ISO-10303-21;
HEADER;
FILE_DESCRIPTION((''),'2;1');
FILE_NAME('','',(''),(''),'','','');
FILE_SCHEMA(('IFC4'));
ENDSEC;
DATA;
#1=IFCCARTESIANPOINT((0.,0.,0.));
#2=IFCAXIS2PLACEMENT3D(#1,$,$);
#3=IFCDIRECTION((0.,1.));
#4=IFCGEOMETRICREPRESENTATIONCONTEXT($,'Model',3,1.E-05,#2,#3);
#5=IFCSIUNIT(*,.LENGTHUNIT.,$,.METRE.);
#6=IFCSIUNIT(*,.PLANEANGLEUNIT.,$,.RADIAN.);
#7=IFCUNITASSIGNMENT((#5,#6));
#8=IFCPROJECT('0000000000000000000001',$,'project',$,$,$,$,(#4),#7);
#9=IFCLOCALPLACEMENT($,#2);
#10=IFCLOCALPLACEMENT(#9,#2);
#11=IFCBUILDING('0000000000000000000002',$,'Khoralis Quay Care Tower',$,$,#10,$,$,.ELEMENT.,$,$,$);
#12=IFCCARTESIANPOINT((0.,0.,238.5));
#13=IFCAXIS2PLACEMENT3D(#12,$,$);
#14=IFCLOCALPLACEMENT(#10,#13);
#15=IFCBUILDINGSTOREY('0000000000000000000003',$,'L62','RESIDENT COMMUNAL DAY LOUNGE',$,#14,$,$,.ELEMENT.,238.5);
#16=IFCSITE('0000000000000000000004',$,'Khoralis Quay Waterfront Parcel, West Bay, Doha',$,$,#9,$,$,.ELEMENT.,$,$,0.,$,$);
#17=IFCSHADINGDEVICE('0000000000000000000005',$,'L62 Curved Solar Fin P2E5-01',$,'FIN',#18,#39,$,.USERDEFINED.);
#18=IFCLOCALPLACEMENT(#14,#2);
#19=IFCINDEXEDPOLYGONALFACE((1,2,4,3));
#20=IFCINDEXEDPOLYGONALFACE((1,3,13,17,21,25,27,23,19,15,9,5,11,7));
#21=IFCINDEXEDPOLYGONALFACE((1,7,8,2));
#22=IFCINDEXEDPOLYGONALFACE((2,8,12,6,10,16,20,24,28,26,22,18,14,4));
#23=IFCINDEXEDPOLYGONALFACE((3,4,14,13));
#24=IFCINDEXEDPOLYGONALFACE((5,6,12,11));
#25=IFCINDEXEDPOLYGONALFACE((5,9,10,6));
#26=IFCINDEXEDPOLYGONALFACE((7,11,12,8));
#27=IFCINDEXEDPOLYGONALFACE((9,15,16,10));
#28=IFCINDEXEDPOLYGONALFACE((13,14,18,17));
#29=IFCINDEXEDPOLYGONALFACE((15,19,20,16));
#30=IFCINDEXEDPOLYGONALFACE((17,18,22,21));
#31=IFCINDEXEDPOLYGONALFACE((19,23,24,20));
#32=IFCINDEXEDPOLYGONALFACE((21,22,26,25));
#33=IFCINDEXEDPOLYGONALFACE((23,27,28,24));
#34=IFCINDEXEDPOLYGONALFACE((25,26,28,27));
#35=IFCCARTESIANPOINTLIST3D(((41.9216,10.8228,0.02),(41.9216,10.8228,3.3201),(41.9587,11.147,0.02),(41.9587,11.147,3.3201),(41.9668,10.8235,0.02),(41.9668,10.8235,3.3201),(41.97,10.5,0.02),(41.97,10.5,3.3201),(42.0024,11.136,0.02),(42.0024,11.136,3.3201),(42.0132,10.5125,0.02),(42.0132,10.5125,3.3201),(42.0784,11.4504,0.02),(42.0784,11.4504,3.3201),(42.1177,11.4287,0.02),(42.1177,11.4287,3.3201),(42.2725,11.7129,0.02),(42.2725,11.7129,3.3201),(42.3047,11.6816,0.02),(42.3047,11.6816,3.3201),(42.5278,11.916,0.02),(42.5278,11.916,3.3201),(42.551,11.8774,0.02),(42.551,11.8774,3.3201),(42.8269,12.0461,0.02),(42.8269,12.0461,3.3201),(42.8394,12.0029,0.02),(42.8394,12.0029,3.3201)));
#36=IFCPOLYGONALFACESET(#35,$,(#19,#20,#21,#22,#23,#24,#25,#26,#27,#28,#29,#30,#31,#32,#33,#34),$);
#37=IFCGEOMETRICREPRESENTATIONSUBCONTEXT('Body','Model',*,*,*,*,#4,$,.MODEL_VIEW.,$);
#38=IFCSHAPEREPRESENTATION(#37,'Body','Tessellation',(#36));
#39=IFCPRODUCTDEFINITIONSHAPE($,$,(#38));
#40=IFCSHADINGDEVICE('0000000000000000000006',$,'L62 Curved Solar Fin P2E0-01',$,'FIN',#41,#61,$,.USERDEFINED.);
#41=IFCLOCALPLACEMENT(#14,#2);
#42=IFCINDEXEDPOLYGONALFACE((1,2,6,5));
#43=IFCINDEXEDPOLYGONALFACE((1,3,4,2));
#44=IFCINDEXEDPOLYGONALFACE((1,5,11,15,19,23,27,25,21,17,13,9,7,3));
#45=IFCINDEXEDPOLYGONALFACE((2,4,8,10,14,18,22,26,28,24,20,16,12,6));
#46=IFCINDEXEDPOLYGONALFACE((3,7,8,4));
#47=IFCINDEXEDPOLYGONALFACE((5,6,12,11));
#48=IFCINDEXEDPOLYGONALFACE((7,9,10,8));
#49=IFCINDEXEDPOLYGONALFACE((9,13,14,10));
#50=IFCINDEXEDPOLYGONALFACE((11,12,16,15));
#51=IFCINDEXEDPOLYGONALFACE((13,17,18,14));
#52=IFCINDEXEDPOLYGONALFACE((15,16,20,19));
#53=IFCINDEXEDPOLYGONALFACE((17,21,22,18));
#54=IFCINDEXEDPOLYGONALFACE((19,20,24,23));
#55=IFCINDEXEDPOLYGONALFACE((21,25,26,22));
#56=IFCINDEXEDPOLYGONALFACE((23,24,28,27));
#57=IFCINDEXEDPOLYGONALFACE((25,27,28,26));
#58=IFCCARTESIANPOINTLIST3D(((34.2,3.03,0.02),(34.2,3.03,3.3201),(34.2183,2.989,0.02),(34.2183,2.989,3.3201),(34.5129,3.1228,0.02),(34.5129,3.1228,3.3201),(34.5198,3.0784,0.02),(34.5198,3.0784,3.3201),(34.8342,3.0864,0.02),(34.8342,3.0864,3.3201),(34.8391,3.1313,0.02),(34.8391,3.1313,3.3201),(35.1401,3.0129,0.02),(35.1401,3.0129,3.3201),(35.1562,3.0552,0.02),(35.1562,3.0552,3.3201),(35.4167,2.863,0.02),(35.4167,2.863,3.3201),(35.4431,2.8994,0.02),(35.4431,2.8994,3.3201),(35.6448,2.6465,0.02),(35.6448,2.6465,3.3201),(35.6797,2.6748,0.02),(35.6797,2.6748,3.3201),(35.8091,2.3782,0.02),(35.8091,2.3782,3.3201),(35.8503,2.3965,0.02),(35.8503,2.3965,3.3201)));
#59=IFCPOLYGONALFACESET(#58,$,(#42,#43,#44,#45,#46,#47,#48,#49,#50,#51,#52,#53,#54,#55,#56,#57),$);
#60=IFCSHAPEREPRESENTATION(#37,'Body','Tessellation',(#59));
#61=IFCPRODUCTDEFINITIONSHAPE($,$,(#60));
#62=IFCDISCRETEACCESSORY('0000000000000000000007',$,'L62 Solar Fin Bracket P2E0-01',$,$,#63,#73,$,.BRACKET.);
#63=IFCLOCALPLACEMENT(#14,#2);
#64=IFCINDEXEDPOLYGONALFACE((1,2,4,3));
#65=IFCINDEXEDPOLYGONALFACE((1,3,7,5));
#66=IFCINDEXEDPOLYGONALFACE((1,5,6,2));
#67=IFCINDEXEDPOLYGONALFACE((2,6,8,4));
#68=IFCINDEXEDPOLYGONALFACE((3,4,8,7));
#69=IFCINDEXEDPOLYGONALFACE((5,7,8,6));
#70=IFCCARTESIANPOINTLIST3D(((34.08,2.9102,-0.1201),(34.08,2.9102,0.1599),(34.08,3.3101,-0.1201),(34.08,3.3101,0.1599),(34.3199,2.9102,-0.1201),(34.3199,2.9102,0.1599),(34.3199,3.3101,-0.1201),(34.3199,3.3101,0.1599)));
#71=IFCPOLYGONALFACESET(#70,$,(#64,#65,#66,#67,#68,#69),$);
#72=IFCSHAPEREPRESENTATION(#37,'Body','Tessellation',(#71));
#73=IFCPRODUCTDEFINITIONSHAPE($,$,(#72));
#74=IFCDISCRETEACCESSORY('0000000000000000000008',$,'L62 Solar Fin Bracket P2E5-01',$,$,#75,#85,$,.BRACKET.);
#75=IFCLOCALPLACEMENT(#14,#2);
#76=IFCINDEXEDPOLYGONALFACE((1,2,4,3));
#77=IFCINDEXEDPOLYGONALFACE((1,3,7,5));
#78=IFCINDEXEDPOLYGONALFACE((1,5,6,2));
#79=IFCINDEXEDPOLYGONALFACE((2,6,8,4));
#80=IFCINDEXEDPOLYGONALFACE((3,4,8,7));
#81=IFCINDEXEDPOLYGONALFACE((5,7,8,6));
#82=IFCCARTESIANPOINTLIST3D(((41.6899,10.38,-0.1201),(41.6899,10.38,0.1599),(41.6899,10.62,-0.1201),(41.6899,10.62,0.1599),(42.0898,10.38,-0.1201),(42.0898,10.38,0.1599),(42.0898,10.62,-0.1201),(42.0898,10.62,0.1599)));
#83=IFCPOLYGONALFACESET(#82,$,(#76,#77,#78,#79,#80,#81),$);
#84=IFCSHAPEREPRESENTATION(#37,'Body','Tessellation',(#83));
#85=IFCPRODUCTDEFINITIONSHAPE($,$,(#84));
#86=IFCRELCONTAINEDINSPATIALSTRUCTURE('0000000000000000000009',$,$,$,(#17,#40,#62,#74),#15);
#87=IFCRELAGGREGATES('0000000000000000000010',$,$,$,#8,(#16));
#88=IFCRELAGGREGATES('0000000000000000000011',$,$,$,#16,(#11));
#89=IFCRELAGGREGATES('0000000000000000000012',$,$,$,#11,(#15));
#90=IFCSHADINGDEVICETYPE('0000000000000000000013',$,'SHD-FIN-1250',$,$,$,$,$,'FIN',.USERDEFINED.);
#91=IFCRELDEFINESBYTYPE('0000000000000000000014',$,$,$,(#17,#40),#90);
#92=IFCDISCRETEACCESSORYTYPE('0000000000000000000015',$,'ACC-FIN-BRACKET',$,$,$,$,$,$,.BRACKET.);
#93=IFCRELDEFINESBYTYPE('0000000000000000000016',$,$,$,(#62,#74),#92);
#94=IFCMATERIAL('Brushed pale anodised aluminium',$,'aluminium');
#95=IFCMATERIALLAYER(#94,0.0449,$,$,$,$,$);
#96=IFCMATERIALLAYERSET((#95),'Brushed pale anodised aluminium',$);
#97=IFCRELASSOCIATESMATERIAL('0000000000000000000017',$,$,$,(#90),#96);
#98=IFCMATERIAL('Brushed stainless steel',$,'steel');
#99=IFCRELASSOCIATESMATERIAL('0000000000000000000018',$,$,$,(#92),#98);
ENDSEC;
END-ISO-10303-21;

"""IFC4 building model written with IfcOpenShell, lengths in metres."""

from ifc_helpers import new_model, si_unit, direction, frame, origin, origin_2d, place, context, subcontext, project, spatial, polyline, rectangle, outline, extrude, source, transform, mapped, material, layer, layer_set, type_object, element, save


model = new_model("IFC4")

# Units and contexts
model_context = context("Model", 3, precision=1e-05, world=origin(), true_north=direction((0.0, 1.0)))
body_context = subcontext(model_context, "Body", "Model", "MODEL_VIEW")
ifc_project = project(units=[si_unit("LENGTHUNIT", "METRE"), si_unit("PLANEANGLEUNIT", "RADIAN")], contexts=[model_context])

# Site, building, storey
site_placement = place(None, origin())
site = spatial("IfcSite", under=ifc_project, at=site_placement, Name="Khoralis Quay Waterfront Parcel, West Bay, Doha", CompositionType="ELEMENT", RefElevation=0.0)
building_placement = place(site_placement, origin())
building = spatial("IfcBuilding", under=site, at=building_placement, Name="Khoralis Quay Care Tower", CompositionType="ELEMENT")
storey_placement = place(building_placement, frame((0.0, 0.0, 238.5)))
storey = spatial("IfcBuildingStorey", under=building, at=storey_placement, Name="L62", Description="RESIDENT COMMUNAL DAY LOUNGE", CompositionType="ELEMENT", Elevation=238.5)

# Shading devices
ifc_material_1 = material(Name="Brushed pale anodised aluminium", Category="aluminium")
ifc_layer_1 = layer(ifc_material_1, 0.0449)
ifc_layer_set_1 = layer_set([ifc_layer_1], Name="Brushed pale anodised aluminium")
shading_device_type = type_object("IfcShadingDeviceType", Name="SHD-FIN-1250", ElementType="FIN", PredefinedType="USERDEFINED", material=ifc_layer_set_1)
shared_shape_1 = source(origin(), body_context, "Body", "SweptSolid", [
    extrude(outline(polyline([(0.0, 0.0), (-0.0483, 0.3228), (-0.0112, 0.647), (0.1084, 0.9504), (0.3025, 1.2129), (0.5579, 1.416), (0.8569, 1.5461), (0.8694, 1.5029), (0.5811, 1.3774), (0.3347, 1.1816), (0.1477, 0.9287), (0.0325, 0.636), (-0.0032, 0.3235), (0.0432, 0.0125), (0.0, 0.0)])), origin(), (0.0, 0.0, 1.0), 3.3),
])
shading_device_1_placement = place(storey_placement, frame((41.97, 10.5, 0.02), z_axis=(0.0, 0.0, 1.0), x_axis=(1.0, 0.0, 0.0)))
element("IfcShadingDevice", 1, at=shading_device_1_placement, inside=storey, type_object=shading_device_type, Name="L62 Curved Solar Fin P2E5-01", ObjectType="FIN", PredefinedType="USERDEFINED", context=body_context, shape_type="MappedRepresentation", body=[
    mapped(shared_shape_1, transform((0.0, 0.0, 0.0), scale=1.0)),
])
shared_shape_2 = source(origin(), body_context, "Body", "SweptSolid", [
    extrude(outline(polyline([(0.0, 0.0), (-0.0928, 0.313), (-0.1013, 0.6392), (-0.0251, 0.9563), (0.1306, 1.2432), (0.3552, 1.4797), (0.6335, 1.6504), (0.6519, 1.6091), (0.3835, 1.4448), (0.167, 1.2168), (0.0171, 0.9402), (-0.0564, 0.6343), (-0.0483, 0.3198), (0.041, 0.0183), (0.0, 0.0)])), origin(), (0.0, 0.0, 1.0), 3.3),
])
shading_device_2_placement = place(storey_placement, frame((34.2, 3.03, 0.02), z_axis=(0.0, 0.0, 1.0), x_axis=(0.0, -1.0, 0.0)))
element("IfcShadingDevice", 2, at=shading_device_2_placement, inside=storey, type_object=shading_device_type, Name="L62 Curved Solar Fin P2E0-01", ObjectType="FIN", PredefinedType="USERDEFINED", context=body_context, shape_type="MappedRepresentation", body=[
    mapped(shared_shape_2, transform((0.0, 0.0, 0.0), scale=1.0)),
])

# Discrete accessories
ifc_material_2 = material(Name="Brushed stainless steel", Category="steel")
discrete_accessory_type = type_object("IfcDiscreteAccessoryType", Name="ACC-FIN-BRACKET", PredefinedType="BRACKET", material=ifc_material_2)
shared_shape_3 = source(origin(), body_context, "Body", "SweptSolid", [
    extrude(rectangle(XDim=0.3999, YDim=0.24, at=origin_2d()), origin(), (0.0, 0.0, 1.0), 0.28),
])
for number, where, z_axis, x_axis, name in (
    (3, (34.2, 3.1101, -0.1201), (0.0, 0.0, 1.0), (0.0, -1.0, 0.0), "L62 Solar Fin Bracket P2E0-01"),
    (4, (41.8899, 10.5, -0.1201), (0.0, 0.0, 1.0), (1.0, 0.0, 0.0), "L62 Solar Fin Bracket P2E5-01"),
):
    element("IfcDiscreteAccessory", number, at=place(storey_placement, frame(where, z_axis=z_axis, x_axis=x_axis)), inside=storey, type_object=discrete_accessory_type, Name=name, PredefinedType="BRACKET", context=body_context, shape_type="MappedRepresentation", body=[
        mapped(shared_shape_3, transform((0.0, 0.0, 0.0), scale=1.0)),
    ])

save(model, "model.ifc")
